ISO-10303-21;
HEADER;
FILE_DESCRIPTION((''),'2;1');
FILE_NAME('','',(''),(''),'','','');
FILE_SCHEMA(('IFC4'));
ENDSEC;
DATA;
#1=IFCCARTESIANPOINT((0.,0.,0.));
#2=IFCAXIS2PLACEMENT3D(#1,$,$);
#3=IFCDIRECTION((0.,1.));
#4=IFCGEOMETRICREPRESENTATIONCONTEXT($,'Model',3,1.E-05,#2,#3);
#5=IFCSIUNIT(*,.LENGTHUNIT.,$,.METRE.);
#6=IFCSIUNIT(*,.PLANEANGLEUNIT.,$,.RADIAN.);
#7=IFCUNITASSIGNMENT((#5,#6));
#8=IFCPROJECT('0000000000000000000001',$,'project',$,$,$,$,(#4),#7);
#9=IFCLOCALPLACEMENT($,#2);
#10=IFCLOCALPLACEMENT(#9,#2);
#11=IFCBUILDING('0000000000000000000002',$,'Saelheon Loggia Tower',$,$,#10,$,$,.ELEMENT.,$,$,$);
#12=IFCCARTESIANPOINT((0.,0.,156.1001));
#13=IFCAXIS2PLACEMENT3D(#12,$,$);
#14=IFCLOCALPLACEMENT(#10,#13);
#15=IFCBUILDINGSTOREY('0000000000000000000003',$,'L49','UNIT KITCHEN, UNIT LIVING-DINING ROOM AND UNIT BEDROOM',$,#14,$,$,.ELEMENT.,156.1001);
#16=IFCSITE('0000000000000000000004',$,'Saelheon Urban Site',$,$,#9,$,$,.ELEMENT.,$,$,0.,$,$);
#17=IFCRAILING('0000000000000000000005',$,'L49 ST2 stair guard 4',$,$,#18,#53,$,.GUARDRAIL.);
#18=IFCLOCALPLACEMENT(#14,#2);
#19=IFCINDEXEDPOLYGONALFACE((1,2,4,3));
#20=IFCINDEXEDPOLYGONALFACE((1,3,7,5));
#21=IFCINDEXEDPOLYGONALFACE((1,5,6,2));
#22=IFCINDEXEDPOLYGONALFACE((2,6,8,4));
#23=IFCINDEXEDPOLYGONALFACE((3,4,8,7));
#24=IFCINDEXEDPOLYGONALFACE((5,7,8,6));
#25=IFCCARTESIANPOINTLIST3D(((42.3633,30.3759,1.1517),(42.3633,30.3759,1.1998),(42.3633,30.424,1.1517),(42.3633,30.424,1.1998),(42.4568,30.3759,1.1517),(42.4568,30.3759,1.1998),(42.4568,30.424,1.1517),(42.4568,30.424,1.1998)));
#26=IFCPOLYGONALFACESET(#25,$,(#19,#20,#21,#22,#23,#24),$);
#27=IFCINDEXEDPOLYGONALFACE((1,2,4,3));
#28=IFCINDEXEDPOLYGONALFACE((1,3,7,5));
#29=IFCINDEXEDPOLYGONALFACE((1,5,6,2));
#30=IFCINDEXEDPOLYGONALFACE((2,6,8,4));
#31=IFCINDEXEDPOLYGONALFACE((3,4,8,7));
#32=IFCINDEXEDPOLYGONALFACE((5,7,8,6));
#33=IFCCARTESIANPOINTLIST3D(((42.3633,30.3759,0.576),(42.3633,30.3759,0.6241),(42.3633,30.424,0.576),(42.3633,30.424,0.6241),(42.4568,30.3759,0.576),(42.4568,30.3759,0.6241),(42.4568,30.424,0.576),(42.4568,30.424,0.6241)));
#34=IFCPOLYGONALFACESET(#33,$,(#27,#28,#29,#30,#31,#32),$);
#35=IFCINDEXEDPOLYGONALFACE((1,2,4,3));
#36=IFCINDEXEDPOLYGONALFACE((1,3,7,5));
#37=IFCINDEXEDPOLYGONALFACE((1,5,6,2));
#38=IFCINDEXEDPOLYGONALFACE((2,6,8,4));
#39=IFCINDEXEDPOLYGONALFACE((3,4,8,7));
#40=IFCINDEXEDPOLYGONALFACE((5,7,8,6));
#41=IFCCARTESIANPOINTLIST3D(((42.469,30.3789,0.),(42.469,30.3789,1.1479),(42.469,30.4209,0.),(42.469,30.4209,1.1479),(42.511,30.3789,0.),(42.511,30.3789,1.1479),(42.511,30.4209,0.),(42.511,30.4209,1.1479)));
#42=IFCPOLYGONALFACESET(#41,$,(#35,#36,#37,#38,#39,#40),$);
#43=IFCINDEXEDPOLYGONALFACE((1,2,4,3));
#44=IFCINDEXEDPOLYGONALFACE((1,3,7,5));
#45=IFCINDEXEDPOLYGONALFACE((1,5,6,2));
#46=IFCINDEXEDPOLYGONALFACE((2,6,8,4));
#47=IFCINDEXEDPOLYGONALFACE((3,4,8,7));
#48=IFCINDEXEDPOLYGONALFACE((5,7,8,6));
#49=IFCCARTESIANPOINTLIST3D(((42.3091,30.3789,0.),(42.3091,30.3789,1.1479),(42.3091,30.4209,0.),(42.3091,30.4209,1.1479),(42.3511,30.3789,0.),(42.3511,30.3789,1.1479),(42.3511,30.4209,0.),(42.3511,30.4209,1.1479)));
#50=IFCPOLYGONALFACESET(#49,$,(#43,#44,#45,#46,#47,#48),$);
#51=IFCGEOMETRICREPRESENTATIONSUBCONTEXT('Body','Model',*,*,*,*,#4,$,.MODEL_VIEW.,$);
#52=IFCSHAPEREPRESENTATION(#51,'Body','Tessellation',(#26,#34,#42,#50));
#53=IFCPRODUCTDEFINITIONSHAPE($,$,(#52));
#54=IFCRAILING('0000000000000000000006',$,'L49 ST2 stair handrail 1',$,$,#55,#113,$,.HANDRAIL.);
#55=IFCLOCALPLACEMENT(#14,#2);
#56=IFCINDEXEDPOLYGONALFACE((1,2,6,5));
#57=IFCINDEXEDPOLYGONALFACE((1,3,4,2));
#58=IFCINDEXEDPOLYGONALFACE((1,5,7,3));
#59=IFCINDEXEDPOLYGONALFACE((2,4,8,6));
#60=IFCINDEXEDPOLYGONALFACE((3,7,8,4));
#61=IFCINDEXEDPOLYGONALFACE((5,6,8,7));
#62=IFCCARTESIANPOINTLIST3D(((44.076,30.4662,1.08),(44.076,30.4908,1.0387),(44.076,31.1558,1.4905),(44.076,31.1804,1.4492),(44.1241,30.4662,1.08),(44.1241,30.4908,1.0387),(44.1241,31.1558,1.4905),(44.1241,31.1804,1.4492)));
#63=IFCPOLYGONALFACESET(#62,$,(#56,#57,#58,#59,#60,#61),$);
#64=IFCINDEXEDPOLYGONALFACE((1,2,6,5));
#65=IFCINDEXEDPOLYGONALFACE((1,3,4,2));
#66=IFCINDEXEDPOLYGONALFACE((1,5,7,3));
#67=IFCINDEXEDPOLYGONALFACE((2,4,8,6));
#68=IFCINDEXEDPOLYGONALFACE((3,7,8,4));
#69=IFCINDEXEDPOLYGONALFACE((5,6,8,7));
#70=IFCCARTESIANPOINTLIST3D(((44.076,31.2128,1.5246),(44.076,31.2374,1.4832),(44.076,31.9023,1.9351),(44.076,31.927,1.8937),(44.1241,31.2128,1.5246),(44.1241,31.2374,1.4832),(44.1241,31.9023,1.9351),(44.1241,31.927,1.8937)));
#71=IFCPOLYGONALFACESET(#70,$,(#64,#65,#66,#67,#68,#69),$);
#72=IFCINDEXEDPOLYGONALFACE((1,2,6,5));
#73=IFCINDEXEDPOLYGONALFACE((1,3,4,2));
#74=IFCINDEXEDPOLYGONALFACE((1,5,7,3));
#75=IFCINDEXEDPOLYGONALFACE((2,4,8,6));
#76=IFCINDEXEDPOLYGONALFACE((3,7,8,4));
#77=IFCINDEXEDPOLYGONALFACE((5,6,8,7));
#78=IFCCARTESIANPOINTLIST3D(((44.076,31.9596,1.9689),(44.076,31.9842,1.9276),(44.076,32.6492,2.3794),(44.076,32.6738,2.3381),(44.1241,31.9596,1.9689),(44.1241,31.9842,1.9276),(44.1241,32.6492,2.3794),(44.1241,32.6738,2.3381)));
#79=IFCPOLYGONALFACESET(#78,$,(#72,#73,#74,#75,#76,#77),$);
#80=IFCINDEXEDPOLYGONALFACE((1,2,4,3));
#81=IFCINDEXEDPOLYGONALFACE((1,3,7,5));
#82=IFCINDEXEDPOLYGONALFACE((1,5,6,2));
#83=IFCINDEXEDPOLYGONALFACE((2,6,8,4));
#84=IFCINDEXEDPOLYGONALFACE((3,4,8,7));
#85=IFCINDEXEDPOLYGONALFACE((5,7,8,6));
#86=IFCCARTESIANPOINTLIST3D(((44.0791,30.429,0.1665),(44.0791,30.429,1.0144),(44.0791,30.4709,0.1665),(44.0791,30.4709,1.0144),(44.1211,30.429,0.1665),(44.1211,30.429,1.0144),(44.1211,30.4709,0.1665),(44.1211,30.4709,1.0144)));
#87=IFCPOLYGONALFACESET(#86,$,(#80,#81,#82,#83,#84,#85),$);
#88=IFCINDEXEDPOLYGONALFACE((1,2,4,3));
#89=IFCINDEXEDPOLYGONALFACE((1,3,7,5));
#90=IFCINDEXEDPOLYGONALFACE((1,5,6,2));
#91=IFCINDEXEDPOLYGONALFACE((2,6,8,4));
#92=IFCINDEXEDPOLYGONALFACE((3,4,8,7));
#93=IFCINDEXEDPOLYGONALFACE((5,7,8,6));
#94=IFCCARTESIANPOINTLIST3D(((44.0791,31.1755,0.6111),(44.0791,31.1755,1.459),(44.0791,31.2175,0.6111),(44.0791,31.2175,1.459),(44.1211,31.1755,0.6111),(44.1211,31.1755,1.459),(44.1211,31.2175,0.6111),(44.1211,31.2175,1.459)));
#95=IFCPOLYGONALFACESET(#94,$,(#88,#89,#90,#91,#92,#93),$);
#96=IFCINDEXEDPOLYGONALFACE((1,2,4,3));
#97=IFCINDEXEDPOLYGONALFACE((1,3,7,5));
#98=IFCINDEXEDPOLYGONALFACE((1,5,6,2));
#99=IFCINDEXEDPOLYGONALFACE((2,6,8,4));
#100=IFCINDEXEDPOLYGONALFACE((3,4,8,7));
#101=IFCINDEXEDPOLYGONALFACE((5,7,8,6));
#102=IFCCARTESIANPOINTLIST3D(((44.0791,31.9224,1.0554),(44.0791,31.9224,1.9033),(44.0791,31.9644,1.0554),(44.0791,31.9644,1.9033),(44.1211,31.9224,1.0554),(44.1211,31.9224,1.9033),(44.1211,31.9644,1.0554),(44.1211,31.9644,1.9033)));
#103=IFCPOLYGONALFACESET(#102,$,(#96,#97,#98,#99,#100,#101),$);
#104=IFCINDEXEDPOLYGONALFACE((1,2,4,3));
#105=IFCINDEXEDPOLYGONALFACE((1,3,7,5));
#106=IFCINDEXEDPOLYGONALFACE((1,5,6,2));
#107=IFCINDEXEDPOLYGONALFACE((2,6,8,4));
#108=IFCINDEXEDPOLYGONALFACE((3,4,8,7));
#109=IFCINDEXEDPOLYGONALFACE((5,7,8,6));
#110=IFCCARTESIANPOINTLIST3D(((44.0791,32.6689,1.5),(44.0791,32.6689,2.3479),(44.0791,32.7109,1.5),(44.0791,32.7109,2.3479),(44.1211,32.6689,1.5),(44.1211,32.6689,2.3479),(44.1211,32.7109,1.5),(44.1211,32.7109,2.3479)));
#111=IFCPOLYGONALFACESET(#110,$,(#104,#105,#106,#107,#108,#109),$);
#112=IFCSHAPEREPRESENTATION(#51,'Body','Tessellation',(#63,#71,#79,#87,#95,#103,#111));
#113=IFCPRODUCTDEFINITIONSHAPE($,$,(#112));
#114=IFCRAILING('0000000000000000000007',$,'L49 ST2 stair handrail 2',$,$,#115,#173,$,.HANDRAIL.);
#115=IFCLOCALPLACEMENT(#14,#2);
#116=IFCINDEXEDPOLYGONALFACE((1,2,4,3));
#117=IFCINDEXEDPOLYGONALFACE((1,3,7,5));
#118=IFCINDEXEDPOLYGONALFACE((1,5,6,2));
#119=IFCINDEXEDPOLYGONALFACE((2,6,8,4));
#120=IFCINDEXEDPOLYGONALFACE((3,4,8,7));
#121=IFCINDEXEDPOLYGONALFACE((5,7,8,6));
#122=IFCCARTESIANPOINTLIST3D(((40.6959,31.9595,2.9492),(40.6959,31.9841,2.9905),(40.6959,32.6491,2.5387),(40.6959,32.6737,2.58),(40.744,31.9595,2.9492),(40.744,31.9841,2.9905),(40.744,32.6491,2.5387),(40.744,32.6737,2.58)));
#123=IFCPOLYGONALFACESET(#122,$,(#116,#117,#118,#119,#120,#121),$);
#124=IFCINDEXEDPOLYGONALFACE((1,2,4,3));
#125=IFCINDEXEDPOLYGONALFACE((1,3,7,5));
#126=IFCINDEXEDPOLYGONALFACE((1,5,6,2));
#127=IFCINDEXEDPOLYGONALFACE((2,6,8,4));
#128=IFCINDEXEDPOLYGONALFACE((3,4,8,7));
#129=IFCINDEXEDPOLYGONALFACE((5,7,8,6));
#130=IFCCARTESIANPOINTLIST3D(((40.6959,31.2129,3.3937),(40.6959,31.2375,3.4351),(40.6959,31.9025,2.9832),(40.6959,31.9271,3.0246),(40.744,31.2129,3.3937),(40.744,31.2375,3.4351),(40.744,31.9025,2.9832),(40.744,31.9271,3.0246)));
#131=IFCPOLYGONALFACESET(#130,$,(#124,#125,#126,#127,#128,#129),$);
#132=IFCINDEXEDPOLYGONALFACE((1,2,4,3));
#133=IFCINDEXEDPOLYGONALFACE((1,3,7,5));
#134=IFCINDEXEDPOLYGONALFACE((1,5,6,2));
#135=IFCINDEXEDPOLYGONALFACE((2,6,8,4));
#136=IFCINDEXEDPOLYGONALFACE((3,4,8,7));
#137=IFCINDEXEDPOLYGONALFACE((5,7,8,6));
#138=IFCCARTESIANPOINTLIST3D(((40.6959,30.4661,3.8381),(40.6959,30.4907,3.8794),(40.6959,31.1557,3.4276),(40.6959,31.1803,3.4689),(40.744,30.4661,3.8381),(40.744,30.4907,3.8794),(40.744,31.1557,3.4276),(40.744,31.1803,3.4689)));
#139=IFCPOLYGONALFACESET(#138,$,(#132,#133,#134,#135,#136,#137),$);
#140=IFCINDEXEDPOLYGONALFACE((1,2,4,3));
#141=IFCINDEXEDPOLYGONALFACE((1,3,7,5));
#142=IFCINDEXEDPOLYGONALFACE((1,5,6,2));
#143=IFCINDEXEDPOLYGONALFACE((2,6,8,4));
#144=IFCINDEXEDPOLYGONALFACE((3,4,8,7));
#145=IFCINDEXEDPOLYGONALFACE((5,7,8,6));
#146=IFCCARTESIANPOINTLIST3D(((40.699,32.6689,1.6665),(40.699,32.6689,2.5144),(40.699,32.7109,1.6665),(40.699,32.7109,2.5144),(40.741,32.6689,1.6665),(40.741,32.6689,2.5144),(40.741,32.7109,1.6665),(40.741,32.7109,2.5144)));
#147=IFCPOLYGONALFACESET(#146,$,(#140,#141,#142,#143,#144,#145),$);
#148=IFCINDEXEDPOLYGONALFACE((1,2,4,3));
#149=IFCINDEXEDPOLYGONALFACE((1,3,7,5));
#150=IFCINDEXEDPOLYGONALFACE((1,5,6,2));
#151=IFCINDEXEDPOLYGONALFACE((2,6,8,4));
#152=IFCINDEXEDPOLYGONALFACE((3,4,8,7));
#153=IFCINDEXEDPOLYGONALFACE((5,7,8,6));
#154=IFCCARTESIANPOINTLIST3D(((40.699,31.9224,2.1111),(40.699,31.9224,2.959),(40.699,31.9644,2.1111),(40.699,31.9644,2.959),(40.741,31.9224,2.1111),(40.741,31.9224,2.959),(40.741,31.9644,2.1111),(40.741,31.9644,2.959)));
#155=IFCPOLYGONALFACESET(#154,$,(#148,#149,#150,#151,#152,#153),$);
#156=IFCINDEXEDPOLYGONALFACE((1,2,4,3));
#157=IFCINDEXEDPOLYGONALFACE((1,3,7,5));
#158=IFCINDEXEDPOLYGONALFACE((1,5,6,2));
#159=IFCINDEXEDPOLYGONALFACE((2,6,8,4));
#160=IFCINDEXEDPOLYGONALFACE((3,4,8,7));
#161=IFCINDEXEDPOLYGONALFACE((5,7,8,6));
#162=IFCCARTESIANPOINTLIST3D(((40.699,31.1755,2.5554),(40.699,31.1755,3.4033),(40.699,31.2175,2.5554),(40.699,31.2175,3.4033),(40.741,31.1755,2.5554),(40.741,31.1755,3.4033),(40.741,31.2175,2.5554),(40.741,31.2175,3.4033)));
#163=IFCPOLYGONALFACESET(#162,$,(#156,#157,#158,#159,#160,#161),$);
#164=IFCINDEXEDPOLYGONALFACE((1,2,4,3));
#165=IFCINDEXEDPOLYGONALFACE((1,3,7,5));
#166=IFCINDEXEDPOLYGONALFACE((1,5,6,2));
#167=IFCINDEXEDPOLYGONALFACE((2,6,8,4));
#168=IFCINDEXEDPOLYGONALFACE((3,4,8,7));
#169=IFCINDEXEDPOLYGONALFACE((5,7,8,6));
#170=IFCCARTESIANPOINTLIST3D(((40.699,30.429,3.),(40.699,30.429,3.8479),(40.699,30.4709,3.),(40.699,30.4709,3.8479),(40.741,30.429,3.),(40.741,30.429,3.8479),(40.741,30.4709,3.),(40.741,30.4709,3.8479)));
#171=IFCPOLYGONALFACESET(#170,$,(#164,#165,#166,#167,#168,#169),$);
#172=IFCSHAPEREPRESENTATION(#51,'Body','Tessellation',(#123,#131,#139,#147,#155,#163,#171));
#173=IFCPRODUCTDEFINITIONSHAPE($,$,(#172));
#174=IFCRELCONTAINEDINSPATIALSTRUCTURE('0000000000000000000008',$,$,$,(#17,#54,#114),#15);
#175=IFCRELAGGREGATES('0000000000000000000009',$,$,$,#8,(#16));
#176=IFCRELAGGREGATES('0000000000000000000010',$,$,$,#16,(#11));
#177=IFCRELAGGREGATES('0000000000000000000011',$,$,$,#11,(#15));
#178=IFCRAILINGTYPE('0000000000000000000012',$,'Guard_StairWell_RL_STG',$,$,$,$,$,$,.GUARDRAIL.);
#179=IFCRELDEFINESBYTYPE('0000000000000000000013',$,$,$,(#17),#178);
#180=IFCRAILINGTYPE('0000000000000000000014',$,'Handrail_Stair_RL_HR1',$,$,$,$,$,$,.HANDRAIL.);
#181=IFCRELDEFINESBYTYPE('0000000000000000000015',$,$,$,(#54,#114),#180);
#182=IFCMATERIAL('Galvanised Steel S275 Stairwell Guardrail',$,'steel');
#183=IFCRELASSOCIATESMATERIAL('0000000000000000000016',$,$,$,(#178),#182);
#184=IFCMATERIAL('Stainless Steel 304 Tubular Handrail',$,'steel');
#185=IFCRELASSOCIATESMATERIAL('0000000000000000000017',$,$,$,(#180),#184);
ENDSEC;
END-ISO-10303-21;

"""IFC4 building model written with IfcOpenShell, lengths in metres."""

from ifc_helpers import new_model, si_unit, direction, frame, origin, origin_2d, place, context, subcontext, project, spatial, rectangle, extrude, material, type_object, element, save


model = new_model("IFC4")

# Units and contexts
model_context = context("Model", 3, precision=1e-05, world=origin(), true_north=direction((0.0, 1.0)))
body_context = subcontext(model_context, "Body", "Model", "MODEL_VIEW")
ifc_project = project(units=[si_unit("LENGTHUNIT", "METRE"), si_unit("PLANEANGLEUNIT", "RADIAN")], contexts=[model_context])

# Site, building, storey
site_placement = place(None, origin())
site = spatial("IfcSite", under=ifc_project, at=site_placement, Name="Saelheon Urban Site", CompositionType="ELEMENT", RefElevation=0.0)
building_placement = place(site_placement, origin())
building = spatial("IfcBuilding", under=site, at=building_placement, Name="Saelheon Loggia Tower", CompositionType="ELEMENT")
storey_placement = place(building_placement, frame((0.0, 0.0, 156.1001)))
storey = spatial("IfcBuildingStorey", under=building, at=storey_placement, Name="L49", Description="UNIT KITCHEN, UNIT LIVING-DINING ROOM AND UNIT BEDROOM", CompositionType="ELEMENT", Elevation=156.1001)

# Railings
ifc_material_1 = material(Name="Galvanised Steel S275 Stairwell Guardrail", Category="steel")
railing_type_1 = type_object("IfcRailingType", Name="Guard_StairWell_RL_STG", PredefinedType="GUARDRAIL", material=ifc_material_1)
railing_1_placement = place(storey_placement, frame((42.49, 30.3999, 0.0)))
element("IfcRailing", 1, at=railing_1_placement, inside=storey, type_object=railing_type_1, Name="L49 ST2 stair guard 4", PredefinedType="GUARDRAIL", context=body_context, shape_type="SweptSolid", body=[
    extrude(rectangle(XDim=0.0481, YDim=0.0481, at=origin_2d()), frame((-0.0332, 0.0, 1.1758), z_axis=(-1.0, 0.0, 0.0), x_axis=(0.0, -1.0, 0.0)), (0.0, 0.0, 1.0), 0.0935),
    extrude(rectangle(XDim=0.0481, YDim=0.0481, at=origin_2d()), frame((-0.0332, 0.0, 0.6001), z_axis=(-1.0, 0.0, 0.0), x_axis=(0.0, -1.0, 0.0)), (0.0, 0.0, 1.0), 0.0935),
    extrude(rectangle(XDim=0.042, YDim=0.042, at=origin_2d()), origin(), (0.0, 0.0, 1.0), 1.1479),
    extrude(rectangle(XDim=0.042, YDim=0.042, at=origin_2d()), frame((-0.1599, 0.0, 0.0)), (0.0, 0.0, 1.0), 1.1479),
])
ifc_material_2 = material(Name="Stainless Steel 304 Tubular Handrail", Category="steel")
railing_type_2 = type_object("IfcRailingType", Name="Handrail_Stair_RL_HR1", PredefinedType="HANDRAIL", material=ifc_material_2)
railing_2_placement = place(storey_placement, frame((44.1001, 30.45, 0.1665)))
element("IfcRailing", 2, at=railing_2_placement, inside=storey, type_object=railing_type_2, Name="L49 ST2 stair handrail 1", PredefinedType="HANDRAIL", context=body_context, shape_type="SweptSolid", body=[
    extrude(rectangle(XDim=0.0481, YDim=0.0481, at=origin_2d()), frame((0.0, 0.0286, 0.8928), z_axis=(0.0, 0.859264, 0.511532), x_axis=(-1.0, 0.0, 0.0)), (0.0, 0.0, 1.0), 0.8025),
    extrude(rectangle(XDim=0.0481, YDim=0.0481, at=origin_2d()), frame((0.0, 0.7751, 1.3374), z_axis=(0.0, 0.859264, 0.511532), x_axis=(-1.0, 0.0, 0.0)), (0.0, 0.0, 1.0), 0.8025),
    extrude(rectangle(XDim=0.0481, YDim=0.0481, at=origin_2d()), frame((0.0, 1.522, 1.7817), z_axis=(0.0, 0.859264, 0.511532), x_axis=(-1.0, 0.0, 0.0)), (0.0, 0.0, 1.0), 0.8025),
    extrude(rectangle(XDim=0.042, YDim=0.042, at=origin_2d()), origin(), (0.0, 0.0, 1.0), 0.8479),
    extrude(rectangle(XDim=0.042, YDim=0.042, at=origin_2d()), frame((0.0, 0.7466, 0.4446)), (0.0, 0.0, 1.0), 0.8479),
    extrude(rectangle(XDim=0.042, YDim=0.042, at=origin_2d()), frame((0.0, 1.4934, 0.8889)), (0.0, 0.0, 1.0), 0.8479),
    extrude(rectangle(XDim=0.042, YDim=0.042, at=origin_2d()), frame((0.0, 2.24, 1.3335)), (0.0, 0.0, 1.0), 0.8479),
])
railing_3_placement = place(storey_placement, frame((40.72, 32.6899, 1.6665)))
element("IfcRailing", 3, at=railing_3_placement, inside=storey, type_object=railing_type_2, Name="L49 ST2 stair handrail 2", PredefinedType="HANDRAIL", context=body_context, shape_type="SweptSolid", body=[
    extrude(rectangle(XDim=0.0481, YDim=0.0481, at=origin_2d()), frame((0.0, -0.0286, 0.8928), z_axis=(0.0, -0.859264, 0.511532), x_axis=(1.0, 0.0, 0.0)), (0.0, 0.0, 1.0), 0.8025),
    extrude(rectangle(XDim=0.0481, YDim=0.0481, at=origin_2d()), frame((0.0, -0.7751, 1.3374), z_axis=(0.0, -0.859264, 0.511532), x_axis=(1.0, 0.0, 0.0)), (0.0, 0.0, 1.0), 0.8025),
    extrude(rectangle(XDim=0.0481, YDim=0.0481, at=origin_2d()), frame((0.0, -1.522, 1.7817), z_axis=(0.0, -0.859264, 0.511532), x_axis=(1.0, 0.0, 0.0)), (0.0, 0.0, 1.0), 0.8025),
    extrude(rectangle(XDim=0.042, YDim=0.042, at=origin_2d()), origin(), (0.0, 0.0, 1.0), 0.8479),
    extrude(rectangle(XDim=0.042, YDim=0.042, at=origin_2d()), frame((0.0, -0.7466, 0.4446)), (0.0, 0.0, 1.0), 0.8479),
    extrude(rectangle(XDim=0.042, YDim=0.042, at=origin_2d()), frame((0.0, -1.4934, 0.8889)), (0.0, 0.0, 1.0), 0.8479),
    extrude(rectangle(XDim=0.042, YDim=0.042, at=origin_2d()), frame((0.0, -2.24, 1.3335)), (0.0, 0.0, 1.0), 0.8479),
])

save(model, "model.ifc")
